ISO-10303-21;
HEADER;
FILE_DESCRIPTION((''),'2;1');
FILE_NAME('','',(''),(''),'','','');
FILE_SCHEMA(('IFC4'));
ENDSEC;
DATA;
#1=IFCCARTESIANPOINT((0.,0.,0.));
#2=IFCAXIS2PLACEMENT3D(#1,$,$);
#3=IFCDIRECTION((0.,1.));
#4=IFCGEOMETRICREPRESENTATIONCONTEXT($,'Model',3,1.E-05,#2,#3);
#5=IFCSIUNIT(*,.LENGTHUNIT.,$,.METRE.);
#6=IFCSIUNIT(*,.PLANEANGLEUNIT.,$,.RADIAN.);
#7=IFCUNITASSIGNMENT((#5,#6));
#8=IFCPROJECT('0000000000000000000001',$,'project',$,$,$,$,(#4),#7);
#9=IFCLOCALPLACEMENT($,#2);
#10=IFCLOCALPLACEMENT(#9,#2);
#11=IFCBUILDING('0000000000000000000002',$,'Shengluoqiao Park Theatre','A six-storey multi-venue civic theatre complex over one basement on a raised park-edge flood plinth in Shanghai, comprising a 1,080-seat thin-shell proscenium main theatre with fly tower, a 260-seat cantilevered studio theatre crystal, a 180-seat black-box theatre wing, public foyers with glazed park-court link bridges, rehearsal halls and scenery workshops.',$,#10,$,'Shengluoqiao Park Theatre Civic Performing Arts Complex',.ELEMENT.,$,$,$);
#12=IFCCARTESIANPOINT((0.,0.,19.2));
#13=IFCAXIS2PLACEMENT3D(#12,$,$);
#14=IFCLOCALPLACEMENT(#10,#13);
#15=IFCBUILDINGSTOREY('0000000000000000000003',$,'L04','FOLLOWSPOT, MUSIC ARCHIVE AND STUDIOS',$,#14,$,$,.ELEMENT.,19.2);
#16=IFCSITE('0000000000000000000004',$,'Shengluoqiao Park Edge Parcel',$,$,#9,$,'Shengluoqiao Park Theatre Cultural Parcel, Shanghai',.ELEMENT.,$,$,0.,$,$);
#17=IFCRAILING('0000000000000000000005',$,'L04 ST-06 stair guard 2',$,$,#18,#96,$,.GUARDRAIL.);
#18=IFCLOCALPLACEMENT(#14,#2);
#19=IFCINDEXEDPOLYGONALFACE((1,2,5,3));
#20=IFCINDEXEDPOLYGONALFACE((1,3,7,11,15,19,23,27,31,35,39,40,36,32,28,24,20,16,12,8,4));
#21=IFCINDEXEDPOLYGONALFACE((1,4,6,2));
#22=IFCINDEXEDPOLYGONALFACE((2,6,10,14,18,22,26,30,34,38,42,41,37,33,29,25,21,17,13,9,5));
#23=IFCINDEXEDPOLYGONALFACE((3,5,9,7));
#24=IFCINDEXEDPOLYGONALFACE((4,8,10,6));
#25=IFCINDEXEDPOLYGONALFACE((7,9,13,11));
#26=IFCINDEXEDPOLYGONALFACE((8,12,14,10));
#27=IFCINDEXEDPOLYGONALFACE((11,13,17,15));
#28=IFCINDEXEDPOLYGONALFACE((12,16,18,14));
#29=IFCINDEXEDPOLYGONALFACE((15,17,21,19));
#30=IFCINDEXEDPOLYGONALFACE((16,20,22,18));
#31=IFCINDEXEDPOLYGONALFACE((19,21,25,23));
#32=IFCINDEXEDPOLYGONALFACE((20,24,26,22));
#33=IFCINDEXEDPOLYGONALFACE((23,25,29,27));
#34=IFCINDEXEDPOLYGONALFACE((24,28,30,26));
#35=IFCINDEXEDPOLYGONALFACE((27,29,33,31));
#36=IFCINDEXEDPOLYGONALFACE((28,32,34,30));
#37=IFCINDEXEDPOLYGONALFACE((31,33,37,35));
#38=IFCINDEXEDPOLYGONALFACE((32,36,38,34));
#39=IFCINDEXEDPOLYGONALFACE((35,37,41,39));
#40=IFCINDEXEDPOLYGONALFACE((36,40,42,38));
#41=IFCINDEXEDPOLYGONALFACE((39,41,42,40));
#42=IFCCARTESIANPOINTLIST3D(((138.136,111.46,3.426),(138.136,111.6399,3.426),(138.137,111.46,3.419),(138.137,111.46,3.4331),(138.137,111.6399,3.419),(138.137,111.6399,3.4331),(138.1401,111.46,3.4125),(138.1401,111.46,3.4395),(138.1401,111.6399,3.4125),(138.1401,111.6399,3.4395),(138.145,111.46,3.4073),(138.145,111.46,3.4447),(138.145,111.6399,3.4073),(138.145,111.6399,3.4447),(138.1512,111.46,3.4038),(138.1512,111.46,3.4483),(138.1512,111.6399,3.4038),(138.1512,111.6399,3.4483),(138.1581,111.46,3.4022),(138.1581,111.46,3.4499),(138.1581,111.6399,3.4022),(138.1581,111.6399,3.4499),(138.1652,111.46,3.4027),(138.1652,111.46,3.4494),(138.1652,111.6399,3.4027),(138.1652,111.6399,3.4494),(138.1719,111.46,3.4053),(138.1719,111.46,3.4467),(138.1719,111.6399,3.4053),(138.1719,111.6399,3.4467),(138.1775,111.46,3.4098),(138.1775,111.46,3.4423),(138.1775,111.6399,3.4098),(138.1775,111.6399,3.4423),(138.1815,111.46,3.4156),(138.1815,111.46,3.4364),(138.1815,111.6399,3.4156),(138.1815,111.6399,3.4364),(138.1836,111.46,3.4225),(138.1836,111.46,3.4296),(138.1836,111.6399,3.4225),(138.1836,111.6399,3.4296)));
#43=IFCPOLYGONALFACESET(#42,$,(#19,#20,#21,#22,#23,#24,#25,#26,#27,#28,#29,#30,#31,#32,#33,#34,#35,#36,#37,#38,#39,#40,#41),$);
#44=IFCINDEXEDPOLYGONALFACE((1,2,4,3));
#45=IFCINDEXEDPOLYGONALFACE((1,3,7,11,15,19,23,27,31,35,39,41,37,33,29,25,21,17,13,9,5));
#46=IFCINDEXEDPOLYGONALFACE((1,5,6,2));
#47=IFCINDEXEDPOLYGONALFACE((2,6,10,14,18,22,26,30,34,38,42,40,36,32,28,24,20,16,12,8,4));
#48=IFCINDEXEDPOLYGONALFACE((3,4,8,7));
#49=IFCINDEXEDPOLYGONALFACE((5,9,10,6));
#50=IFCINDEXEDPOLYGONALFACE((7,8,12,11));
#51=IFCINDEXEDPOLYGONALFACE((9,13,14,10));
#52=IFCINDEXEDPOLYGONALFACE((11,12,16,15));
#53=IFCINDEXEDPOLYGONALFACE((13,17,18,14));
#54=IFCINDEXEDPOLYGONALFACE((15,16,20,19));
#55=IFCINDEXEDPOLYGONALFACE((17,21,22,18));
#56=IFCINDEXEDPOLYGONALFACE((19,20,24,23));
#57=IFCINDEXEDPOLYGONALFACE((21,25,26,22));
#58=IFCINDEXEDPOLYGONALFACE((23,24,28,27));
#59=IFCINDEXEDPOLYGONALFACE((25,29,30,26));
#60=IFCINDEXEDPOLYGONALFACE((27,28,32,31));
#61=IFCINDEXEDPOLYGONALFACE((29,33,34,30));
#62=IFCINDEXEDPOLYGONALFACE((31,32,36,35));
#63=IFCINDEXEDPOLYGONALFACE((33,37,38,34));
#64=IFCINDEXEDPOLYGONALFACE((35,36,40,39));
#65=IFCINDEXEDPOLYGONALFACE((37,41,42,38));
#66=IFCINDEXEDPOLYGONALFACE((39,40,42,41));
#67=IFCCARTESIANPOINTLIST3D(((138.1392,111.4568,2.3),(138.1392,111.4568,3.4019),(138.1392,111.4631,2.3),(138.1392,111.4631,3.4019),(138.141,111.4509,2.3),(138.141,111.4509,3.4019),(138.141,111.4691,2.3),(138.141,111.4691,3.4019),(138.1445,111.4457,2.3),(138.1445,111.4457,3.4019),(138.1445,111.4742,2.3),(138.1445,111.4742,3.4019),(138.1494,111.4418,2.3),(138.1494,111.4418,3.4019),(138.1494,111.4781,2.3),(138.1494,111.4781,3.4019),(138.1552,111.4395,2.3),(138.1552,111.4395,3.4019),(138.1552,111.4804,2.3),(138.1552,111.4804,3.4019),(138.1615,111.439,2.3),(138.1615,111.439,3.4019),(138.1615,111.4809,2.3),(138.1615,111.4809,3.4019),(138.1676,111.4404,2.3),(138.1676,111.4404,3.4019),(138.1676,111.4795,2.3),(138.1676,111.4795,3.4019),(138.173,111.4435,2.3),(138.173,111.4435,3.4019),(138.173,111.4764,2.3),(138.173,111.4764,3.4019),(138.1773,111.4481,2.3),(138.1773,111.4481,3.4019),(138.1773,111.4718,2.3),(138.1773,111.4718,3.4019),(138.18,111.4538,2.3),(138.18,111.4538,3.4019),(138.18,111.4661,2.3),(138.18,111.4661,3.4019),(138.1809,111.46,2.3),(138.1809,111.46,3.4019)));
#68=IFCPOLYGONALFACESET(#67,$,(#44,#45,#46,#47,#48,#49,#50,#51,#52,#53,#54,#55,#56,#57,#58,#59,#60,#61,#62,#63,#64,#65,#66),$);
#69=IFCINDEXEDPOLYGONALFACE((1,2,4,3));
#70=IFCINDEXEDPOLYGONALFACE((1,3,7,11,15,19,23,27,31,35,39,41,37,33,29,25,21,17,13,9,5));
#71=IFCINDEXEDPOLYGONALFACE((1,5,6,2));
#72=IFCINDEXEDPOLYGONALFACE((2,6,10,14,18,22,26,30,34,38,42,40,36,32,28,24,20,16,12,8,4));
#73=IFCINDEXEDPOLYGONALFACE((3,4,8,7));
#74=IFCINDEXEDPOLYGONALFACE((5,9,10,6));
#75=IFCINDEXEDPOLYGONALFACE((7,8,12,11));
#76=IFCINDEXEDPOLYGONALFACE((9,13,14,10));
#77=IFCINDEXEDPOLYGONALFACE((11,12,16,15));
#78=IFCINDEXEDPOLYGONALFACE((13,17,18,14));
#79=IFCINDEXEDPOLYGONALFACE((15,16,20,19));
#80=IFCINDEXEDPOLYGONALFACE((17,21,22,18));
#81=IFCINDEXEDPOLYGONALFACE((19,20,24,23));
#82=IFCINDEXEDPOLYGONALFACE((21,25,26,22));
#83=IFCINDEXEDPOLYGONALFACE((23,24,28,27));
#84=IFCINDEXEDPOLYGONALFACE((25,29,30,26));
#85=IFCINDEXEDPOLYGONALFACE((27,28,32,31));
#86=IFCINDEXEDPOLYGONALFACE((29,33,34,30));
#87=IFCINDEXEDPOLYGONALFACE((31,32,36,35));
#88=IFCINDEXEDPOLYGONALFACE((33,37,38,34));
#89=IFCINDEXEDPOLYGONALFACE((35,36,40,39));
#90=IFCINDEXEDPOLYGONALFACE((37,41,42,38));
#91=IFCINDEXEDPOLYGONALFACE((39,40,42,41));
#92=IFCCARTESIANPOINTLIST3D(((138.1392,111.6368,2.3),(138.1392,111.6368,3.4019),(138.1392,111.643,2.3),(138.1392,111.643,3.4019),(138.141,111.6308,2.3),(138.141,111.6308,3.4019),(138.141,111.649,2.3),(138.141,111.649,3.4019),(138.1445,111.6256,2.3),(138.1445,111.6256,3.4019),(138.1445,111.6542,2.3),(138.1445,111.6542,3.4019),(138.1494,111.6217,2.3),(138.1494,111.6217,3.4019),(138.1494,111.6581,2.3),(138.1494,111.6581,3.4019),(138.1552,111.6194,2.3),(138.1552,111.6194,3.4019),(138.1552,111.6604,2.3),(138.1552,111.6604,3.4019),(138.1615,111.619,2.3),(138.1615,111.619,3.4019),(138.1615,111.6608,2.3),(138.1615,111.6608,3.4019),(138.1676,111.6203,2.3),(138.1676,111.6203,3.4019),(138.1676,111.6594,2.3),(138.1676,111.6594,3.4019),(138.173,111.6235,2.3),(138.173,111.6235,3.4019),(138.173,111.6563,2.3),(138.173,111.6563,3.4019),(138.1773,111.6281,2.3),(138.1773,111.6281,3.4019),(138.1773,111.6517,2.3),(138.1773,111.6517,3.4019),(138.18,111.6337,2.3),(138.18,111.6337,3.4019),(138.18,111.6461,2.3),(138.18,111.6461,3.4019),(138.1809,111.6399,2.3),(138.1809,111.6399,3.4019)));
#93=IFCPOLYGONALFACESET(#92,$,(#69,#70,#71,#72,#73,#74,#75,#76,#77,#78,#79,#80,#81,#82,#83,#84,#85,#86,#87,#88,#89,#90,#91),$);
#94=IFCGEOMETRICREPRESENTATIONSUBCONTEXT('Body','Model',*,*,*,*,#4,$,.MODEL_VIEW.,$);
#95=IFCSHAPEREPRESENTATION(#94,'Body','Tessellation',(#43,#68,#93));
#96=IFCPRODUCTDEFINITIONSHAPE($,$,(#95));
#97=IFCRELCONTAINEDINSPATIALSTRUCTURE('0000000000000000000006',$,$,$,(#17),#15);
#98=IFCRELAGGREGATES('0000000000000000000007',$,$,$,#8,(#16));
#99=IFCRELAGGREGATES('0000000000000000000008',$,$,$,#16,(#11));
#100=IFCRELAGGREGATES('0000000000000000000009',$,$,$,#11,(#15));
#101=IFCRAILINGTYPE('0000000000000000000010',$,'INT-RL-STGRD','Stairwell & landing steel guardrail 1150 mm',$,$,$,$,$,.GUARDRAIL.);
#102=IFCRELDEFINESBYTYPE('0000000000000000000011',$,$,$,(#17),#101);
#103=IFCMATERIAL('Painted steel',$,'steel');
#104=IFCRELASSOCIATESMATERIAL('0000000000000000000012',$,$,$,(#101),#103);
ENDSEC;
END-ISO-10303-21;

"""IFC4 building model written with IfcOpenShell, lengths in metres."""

from ifc_helpers import new_model, si_unit, direction, frame, origin, origin_2d, place, context, subcontext, project, spatial, circle, extrude, material, type_object, element, save


model = new_model("IFC4")

# Units and contexts
model_context = context("Model", 3, precision=1e-05, world=origin(), true_north=direction((0.0, 1.0)))
body_context = subcontext(model_context, "Body", "Model", "MODEL_VIEW")
ifc_project = project(units=[si_unit("LENGTHUNIT", "METRE"), si_unit("PLANEANGLEUNIT", "RADIAN")], contexts=[model_context])

# Site, building, storey
site_placement = place(None, origin())
site = spatial("IfcSite", under=ifc_project, at=site_placement, Name="Shengluoqiao Park Edge Parcel", LongName="Shengluoqiao Park Theatre Cultural Parcel, Shanghai", CompositionType="ELEMENT", RefElevation=0.0)
building_placement = place(site_placement, origin())
building = spatial("IfcBuilding", under=site, at=building_placement, Name="Shengluoqiao Park Theatre", Description="A six-storey multi-venue civic theatre complex over one basement on a raised park-edge flood plinth in Shanghai, comprising a 1,080-seat thin-shell proscenium main theatre with fly tower, a 260-seat cantilevered studio theatre crystal, a 180-seat black-box theatre wing, public foyers with glazed park-court link bridges, rehearsal halls and scenery workshops.", LongName="Shengluoqiao Park Theatre Civic Performing Arts Complex", CompositionType="ELEMENT")
storey_placement = place(building_placement, frame((0.0, 0.0, 19.2)))
storey = spatial("IfcBuildingStorey", under=building, at=storey_placement, Name="L04", Description="FOLLOWSPOT, MUSIC ARCHIVE AND STUDIOS", CompositionType="ELEMENT", Elevation=19.2)

# Railing
ifc_material_1 = material(Name="Painted steel", Category="steel")
railing_type_1 = type_object("IfcRailingType", Name="INT-RL-STGRD", Description="Stairwell & landing steel guardrail 1150 mm", PredefinedType="GUARDRAIL", material=ifc_material_1)
railing_1_placement = place(storey_placement, frame((138.1599, 111.46, 2.3)))
element("IfcRailing", 1, at=railing_1_placement, inside=storey, type_object=railing_type_1, Name="L04 ST-06 stair guard 2", PredefinedType="GUARDRAIL", context=body_context, shape_type="SweptSolid", body=[
    extrude(circle(Radius=0.0239, at=origin_2d()), frame((0.0, 0.0, 1.126), z_axis=(0.0, 1.0, 0.0), x_axis=(-1.0, 0.0, 0.0)), (0.0, 0.0, 1.0), 0.1799),
    extrude(circle(Radius=0.021, at=origin_2d()), origin(), (0.0, 0.0, 1.0), 1.1018),
    extrude(circle(Radius=0.021, at=origin_2d()), frame((0.0, 0.1799, 0.0)), (0.0, 0.0, 1.0), 1.1018),
])

save(model, "model.ifc")
